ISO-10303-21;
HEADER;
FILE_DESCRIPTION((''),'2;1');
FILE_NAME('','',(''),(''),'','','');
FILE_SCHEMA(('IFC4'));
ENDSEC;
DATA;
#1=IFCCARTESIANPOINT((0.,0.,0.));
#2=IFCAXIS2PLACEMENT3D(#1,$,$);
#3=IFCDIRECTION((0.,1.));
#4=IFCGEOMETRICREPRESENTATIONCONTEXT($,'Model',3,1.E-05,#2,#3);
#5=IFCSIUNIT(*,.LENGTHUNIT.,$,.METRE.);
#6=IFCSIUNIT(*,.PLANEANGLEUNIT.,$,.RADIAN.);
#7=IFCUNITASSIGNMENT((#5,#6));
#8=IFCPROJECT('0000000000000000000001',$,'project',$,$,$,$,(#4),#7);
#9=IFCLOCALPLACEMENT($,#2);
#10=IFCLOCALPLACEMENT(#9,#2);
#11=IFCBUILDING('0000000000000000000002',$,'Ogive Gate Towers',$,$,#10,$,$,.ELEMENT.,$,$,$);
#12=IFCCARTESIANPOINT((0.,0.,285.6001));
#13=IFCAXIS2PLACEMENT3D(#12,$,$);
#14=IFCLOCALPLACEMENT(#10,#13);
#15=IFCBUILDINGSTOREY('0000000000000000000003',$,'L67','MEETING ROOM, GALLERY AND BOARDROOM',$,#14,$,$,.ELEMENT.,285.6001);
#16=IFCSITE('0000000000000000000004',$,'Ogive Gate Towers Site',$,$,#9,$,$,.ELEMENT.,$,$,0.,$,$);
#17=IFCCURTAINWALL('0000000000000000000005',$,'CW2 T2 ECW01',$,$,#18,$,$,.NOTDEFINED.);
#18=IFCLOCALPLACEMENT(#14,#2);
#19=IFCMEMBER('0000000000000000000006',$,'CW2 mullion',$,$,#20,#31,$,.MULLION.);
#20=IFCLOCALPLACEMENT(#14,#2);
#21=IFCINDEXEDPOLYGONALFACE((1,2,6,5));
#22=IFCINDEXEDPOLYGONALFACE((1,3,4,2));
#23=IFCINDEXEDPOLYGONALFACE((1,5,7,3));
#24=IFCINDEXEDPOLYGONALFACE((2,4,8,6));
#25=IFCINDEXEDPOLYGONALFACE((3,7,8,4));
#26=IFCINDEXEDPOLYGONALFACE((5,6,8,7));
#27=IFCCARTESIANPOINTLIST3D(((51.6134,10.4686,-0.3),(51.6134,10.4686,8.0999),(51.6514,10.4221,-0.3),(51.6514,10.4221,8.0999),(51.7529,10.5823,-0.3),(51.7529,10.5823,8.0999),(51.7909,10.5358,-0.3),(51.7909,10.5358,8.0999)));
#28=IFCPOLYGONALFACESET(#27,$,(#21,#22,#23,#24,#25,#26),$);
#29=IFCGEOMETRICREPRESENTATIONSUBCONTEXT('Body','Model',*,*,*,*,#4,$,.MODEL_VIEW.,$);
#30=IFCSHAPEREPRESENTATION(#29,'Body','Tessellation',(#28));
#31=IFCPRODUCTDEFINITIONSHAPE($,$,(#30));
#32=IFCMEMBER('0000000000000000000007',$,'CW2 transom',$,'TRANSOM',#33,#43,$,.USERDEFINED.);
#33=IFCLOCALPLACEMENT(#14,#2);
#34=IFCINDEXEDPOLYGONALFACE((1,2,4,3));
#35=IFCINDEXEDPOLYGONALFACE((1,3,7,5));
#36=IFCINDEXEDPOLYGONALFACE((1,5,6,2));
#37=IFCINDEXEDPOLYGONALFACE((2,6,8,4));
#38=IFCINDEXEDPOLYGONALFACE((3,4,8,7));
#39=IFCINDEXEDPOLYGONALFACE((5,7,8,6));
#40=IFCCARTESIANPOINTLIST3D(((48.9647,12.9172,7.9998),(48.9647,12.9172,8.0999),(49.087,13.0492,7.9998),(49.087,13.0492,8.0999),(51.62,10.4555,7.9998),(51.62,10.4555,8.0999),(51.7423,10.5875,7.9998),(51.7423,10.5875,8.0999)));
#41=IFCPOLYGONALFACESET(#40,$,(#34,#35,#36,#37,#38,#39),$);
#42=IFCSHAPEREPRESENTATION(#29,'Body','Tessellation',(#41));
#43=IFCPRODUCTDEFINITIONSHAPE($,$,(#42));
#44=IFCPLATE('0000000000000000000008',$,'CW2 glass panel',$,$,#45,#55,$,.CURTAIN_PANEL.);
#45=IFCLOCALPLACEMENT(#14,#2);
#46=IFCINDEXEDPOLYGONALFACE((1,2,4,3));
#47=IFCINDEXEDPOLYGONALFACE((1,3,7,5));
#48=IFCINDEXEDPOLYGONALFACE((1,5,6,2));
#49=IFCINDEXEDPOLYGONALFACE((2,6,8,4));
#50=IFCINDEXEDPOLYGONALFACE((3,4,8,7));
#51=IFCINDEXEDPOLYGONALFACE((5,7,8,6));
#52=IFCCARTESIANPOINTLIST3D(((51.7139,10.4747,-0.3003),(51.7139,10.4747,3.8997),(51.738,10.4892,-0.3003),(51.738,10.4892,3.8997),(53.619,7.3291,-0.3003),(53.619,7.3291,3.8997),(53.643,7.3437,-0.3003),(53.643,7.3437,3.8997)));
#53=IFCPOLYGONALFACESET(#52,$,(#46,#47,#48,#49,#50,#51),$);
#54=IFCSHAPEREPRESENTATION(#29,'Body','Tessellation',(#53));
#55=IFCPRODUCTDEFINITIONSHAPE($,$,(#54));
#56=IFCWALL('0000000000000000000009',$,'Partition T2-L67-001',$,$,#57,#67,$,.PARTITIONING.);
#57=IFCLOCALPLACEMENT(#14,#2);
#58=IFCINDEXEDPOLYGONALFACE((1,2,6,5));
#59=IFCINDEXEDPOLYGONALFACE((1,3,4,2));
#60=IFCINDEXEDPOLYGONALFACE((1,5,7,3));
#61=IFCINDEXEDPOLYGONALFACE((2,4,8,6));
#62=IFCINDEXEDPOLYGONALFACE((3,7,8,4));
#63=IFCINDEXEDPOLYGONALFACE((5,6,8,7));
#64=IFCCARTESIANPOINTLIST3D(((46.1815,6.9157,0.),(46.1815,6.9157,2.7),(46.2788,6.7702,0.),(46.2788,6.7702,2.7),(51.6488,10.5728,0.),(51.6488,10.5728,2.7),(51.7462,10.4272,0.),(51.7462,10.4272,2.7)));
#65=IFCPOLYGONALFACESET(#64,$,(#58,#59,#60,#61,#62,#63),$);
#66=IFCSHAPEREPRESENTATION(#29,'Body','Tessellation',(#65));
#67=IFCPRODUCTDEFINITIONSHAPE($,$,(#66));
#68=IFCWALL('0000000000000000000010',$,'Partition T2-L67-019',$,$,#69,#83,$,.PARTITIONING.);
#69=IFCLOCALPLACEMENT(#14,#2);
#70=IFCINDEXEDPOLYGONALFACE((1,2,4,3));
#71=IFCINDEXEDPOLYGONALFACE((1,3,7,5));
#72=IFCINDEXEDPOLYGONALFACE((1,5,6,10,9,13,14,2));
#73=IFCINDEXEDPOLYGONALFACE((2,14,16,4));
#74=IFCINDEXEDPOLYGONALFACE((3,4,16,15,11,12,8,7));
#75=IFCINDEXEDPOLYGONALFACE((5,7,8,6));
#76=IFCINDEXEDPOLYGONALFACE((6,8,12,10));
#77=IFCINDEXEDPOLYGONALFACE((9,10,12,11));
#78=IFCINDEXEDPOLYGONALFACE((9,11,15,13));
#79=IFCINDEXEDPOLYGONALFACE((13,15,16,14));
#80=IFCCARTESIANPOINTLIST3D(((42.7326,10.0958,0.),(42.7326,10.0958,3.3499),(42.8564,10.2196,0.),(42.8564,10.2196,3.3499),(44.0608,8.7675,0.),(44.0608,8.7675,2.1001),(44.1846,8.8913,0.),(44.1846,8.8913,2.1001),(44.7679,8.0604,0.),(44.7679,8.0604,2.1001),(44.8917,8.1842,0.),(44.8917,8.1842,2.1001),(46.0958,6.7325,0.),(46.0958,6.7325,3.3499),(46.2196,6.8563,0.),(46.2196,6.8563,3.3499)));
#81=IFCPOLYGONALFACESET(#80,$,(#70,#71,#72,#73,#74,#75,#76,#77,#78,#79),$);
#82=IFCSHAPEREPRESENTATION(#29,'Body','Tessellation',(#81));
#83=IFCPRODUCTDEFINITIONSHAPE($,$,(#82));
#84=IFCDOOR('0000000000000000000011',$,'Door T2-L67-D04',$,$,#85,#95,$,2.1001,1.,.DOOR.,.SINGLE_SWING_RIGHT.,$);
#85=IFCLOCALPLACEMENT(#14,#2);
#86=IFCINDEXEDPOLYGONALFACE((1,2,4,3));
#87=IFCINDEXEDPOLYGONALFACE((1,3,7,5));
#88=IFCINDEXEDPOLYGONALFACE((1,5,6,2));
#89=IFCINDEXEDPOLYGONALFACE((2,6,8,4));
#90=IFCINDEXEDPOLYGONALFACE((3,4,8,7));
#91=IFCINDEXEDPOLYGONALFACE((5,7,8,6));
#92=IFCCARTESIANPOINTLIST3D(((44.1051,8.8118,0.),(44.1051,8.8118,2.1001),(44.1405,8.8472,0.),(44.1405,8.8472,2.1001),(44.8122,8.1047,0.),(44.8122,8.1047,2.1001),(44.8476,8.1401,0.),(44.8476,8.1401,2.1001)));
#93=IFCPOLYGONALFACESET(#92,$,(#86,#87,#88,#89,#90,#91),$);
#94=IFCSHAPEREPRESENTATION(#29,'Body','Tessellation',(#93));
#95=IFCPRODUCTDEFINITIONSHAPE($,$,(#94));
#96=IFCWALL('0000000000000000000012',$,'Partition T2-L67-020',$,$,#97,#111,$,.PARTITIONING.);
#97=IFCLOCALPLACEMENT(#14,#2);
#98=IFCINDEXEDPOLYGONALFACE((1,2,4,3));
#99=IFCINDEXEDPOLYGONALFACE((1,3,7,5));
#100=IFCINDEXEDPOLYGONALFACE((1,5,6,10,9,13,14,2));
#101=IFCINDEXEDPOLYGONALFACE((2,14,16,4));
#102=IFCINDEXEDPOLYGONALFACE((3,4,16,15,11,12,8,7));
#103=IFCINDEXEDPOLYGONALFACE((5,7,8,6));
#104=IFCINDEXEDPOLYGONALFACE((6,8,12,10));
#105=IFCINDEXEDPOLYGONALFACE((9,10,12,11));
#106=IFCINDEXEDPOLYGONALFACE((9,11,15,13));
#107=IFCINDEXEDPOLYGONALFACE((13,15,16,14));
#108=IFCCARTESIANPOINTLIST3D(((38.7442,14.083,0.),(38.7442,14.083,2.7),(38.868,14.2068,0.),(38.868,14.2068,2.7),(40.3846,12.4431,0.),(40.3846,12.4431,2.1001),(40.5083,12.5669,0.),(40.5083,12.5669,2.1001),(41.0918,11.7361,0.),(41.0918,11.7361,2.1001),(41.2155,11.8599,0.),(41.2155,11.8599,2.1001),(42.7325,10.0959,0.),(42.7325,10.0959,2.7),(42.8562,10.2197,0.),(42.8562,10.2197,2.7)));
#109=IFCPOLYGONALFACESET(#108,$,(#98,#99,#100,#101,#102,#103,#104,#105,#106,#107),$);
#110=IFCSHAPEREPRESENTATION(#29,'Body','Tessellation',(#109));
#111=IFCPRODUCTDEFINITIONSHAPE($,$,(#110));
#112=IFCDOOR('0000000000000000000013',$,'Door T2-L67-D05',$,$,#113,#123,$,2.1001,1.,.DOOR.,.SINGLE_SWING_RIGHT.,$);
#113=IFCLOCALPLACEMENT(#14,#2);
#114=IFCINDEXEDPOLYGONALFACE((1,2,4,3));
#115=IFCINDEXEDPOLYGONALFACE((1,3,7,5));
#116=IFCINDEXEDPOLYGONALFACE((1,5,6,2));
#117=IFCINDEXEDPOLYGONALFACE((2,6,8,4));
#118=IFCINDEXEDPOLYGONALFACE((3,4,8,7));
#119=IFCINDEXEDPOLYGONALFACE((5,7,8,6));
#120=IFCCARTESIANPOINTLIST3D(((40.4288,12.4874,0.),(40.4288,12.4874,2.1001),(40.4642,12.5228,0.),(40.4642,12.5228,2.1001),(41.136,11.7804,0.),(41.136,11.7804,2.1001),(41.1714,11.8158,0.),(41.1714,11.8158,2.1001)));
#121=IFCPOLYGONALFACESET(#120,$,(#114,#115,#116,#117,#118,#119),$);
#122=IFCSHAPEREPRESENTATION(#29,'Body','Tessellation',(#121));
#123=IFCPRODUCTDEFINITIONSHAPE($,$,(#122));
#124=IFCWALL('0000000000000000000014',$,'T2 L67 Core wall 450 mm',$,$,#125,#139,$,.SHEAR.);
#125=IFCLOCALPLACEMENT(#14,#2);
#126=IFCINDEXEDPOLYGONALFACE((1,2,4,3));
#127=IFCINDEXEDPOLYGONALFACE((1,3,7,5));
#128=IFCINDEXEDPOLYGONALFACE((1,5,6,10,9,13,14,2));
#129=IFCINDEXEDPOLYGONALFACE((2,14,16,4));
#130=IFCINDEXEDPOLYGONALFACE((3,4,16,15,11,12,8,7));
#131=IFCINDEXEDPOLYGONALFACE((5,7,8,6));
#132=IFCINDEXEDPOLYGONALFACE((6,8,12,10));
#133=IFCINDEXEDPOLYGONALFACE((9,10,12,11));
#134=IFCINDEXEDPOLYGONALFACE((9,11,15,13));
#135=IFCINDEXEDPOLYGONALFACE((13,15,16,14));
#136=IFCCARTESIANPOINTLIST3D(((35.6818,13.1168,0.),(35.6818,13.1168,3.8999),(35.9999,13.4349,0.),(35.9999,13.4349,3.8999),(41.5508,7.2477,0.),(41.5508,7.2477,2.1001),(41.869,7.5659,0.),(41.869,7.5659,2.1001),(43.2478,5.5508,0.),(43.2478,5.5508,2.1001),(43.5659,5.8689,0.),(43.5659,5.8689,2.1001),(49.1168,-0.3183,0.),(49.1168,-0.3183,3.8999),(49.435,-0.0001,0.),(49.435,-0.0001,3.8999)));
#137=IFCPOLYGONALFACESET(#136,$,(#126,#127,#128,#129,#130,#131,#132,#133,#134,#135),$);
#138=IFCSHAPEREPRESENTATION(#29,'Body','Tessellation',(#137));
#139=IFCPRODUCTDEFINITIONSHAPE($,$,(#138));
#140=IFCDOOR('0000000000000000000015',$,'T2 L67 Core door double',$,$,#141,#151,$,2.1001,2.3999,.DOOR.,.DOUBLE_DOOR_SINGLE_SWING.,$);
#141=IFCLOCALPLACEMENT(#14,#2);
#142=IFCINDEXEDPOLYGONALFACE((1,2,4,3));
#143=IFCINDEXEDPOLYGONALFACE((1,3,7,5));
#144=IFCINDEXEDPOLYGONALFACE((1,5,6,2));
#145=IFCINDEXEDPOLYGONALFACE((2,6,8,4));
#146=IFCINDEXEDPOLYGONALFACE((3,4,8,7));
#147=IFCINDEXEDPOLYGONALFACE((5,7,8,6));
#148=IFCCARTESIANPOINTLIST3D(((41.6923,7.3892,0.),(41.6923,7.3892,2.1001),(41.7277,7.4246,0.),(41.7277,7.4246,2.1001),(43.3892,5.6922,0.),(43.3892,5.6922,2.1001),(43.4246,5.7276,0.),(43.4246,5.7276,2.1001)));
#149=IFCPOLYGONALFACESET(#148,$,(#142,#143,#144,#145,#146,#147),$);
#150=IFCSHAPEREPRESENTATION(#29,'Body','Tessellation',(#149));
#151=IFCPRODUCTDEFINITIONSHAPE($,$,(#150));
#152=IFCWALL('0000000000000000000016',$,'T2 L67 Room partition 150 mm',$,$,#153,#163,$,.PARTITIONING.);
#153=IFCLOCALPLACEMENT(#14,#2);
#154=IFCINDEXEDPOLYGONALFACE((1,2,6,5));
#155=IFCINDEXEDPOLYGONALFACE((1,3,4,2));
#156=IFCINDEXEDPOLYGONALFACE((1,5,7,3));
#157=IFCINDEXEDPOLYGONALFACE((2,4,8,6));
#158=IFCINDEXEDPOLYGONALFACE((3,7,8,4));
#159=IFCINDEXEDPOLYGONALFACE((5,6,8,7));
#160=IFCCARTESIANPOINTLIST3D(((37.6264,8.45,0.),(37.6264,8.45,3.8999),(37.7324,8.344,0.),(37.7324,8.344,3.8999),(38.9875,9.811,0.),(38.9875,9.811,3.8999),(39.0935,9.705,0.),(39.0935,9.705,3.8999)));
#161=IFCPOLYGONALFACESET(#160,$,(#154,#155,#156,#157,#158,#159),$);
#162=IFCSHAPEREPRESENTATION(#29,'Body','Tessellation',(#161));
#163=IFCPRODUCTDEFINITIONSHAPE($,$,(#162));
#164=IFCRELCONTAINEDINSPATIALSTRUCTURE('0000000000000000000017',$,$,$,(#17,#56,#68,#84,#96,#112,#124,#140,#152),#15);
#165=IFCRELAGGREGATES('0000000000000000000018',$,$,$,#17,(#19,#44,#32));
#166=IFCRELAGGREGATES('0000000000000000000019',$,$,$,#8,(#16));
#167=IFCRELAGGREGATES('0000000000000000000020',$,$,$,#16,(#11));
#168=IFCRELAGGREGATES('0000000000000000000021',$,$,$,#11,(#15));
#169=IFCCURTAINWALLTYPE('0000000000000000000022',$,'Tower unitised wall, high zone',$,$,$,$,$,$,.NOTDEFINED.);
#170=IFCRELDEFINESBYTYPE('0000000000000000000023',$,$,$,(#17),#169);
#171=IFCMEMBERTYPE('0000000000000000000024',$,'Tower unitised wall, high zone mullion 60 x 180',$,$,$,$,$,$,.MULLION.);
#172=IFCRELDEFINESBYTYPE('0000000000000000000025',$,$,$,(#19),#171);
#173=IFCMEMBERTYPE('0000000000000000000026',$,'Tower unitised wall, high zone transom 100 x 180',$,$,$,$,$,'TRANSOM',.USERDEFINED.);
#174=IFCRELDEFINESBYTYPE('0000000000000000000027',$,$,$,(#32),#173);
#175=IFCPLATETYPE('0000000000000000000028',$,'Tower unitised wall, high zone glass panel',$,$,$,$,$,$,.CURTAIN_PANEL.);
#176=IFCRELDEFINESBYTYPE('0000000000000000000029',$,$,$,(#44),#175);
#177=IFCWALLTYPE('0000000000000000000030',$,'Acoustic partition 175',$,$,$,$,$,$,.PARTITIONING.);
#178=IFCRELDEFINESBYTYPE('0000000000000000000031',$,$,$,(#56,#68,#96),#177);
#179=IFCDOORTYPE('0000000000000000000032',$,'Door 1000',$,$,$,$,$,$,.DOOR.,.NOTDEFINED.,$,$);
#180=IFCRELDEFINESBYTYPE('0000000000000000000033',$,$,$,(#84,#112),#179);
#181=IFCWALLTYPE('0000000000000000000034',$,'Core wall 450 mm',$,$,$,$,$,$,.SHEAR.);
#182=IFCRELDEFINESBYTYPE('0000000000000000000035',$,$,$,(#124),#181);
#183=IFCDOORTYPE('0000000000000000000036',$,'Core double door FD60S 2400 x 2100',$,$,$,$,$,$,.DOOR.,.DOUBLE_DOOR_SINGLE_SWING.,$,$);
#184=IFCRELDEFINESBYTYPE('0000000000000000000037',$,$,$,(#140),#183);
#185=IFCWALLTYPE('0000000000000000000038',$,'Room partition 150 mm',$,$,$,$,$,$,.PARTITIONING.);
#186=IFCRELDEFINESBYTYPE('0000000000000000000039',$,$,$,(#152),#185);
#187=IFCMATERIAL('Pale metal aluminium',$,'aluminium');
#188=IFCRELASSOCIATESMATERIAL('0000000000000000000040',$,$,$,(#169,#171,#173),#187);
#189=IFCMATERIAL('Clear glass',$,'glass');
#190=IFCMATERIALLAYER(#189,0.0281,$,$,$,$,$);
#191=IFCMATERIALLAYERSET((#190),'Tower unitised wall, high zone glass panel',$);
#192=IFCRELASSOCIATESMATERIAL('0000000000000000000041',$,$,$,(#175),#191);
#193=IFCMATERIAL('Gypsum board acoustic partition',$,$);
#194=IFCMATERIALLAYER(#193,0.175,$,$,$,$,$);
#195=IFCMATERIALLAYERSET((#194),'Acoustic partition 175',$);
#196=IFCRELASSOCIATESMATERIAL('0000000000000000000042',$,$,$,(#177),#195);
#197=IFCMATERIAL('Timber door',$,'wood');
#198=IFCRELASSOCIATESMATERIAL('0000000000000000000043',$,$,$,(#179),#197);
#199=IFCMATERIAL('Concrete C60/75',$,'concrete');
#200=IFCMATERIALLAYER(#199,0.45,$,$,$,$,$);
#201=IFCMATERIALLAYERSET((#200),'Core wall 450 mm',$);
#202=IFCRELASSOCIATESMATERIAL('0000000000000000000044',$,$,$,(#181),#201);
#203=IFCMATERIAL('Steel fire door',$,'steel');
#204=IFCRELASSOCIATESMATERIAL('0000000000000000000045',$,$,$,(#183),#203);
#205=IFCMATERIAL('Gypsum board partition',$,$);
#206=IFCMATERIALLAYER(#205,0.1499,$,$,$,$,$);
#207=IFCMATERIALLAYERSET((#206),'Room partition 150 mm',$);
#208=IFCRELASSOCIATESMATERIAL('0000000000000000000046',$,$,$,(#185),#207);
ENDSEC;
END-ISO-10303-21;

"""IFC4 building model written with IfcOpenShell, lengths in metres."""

from ifc_helpers import new_model, si_unit, direction, frame, frame_2d, origin, origin_2d, place, context, subcontext, project, spatial, rectangle, extrude, material, layer, layer_set, material_profile, profile_set, type_object, element, fill, aggregate, save


model = new_model("IFC4")

# Units and contexts
model_context = context("Model", 3, precision=1e-05, world=origin(), true_north=direction((0.0, 1.0)))
body_context = subcontext(model_context, "Body", "Model", "MODEL_VIEW")
ifc_project = project(units=[si_unit("LENGTHUNIT", "METRE"), si_unit("PLANEANGLEUNIT", "RADIAN")], contexts=[model_context])

# Site, building, storey
site_placement = place(None, origin())
site = spatial("IfcSite", under=ifc_project, at=site_placement, Name="Ogive Gate Towers Site", CompositionType="ELEMENT", RefElevation=0.0)
building_placement = place(site_placement, origin())
building = spatial("IfcBuilding", under=site, at=building_placement, Name="Ogive Gate Towers", CompositionType="ELEMENT")
storey_placement = place(building_placement, frame((0.0, 0.0, 285.6001)))
storey = spatial("IfcBuildingStorey", under=building, at=storey_placement, Name="L67", Description="MEETING ROOM, GALLERY AND BOARDROOM", CompositionType="ELEMENT", Elevation=285.6001)

# Curtain wall, members, plate
ifc_material_1 = material(Name="Pale metal aluminium", Category="aluminium")
curtain_wall_type = type_object("IfcCurtainWallType", Name="Tower unitised wall, high zone", PredefinedType="NOTDEFINED", material=ifc_material_1)
curtain_wall_placement = place(storey_placement, origin())
curtain_wall = element("IfcCurtainWall", 1, at=curtain_wall_placement, inside=storey, type_object=curtain_wall_type, Name="CW2 T2 ECW01", PredefinedType="NOTDEFINED")
ifc_material_profile_1 = material_profile(ifc_material_1, rectangle(XDim=0.1799, YDim=0.0601, at=origin_2d()), Name="60 x 180 aluminium box")
ifc_profile_set_1 = profile_set([ifc_material_profile_1], Name="Pale metal aluminium")
member_type_1 = type_object("IfcMemberType", Name="Tower unitised wall, high zone mullion 60 x 180", PredefinedType="MULLION", material=ifc_profile_set_1)
member_1_placement = place(storey_placement, frame((51.7021, 10.5022, -0.3), z_axis=(0.0, 0.0, 1.0), x_axis=(0.775121, 0.631813, 0.0)))
member_1 = element("IfcMember", 2, at=member_1_placement, type_object=member_type_1, Name="CW2 mullion", PredefinedType="MULLION", context=body_context, shape_type="SweptSolid", body=[
    extrude(rectangle(XDim=0.1799, YDim=0.0601, at=origin_2d()), origin(), (0.0, 0.0, 1.0), 8.3999),
])
ifc_material_profile_2 = material_profile(ifc_material_1, rectangle(XDim=0.1799, YDim=0.1001, at=origin_2d()), Name="100 x 180 aluminium box")
ifc_profile_set_2 = profile_set([ifc_material_profile_2], Name="Pale metal aluminium")
member_type_2 = type_object("IfcMemberType", Name="Tower unitised wall, high zone transom 100 x 180", ElementType="TRANSOM", PredefinedType="USERDEFINED", material=ifc_profile_set_2)
member_2_placement = place(storey_placement, frame((51.6812, 10.5215, 8.0498), z_axis=(-0.733336, 0.679866, 0.0), x_axis=(-0.679866, -0.733336, 0.0)))
member_2 = element("IfcMember", 3, at=member_2_placement, type_object=member_type_2, Name="CW2 transom", ObjectType="TRANSOM", PredefinedType="USERDEFINED", context=body_context, shape_type="SweptSolid", body=[
    extrude(rectangle(XDim=0.1799, YDim=0.1001, at=origin_2d()), origin(), (0.0, 0.0, 1.0), 3.6208),
])
ifc_material_2 = material(Name="Clear glass", Category="glass")
ifc_layer_1 = layer(ifc_material_2, 0.0281)
ifc_layer_set_1 = layer_set([ifc_layer_1], Name="Tower unitised wall, high zone glass panel")
plate_type = type_object("IfcPlateType", Name="Tower unitised wall, high zone glass panel", PredefinedType="CURTAIN_PANEL", material=ifc_layer_set_1)
plate_placement = place(storey_placement, frame((52.6785, 8.9092, -0.3003), z_axis=(0.0, 0.0, 1.0), x_axis=(-0.518027, 0.855364, 0.0)))
plate = element("IfcPlate", 4, at=plate_placement, type_object=plate_type, Name="CW2 glass panel", PredefinedType="CURTAIN_PANEL", context=body_context, shape_type="SweptSolid", body=[
    extrude(rectangle(XDim=3.6775, YDim=0.0281, at=origin_2d()), origin(), (0.0, 0.0, 1.0), 4.2),
])
aggregate(curtain_wall, [member_1, plate, member_2])

# Wall
ifc_material_3 = material(Name="Gypsum board acoustic partition")
ifc_layer_2 = layer(ifc_material_3, 0.175)
ifc_layer_set_2 = layer_set([ifc_layer_2], Name="Acoustic partition 175")
wall_type_1 = type_object("IfcWallType", Name="Acoustic partition 175", PredefinedType="PARTITIONING", material=ifc_layer_set_2)
wall_1_placement = place(storey_placement, frame((51.6975, 10.5, 0.0), z_axis=(0.0, 0.0, 1.0), x_axis=(-0.831198, -0.555976, 0.0)))
element("IfcWall", 5, at=wall_1_placement, inside=storey, type_object=wall_type_1, Name="Partition T2-L67-001", PredefinedType="PARTITIONING", context=body_context, shape_type="SweptSolid", body=[
    extrude(rectangle(XDim=6.5776, YDim=0.175, at=frame_2d((3.2888, 0.0))), origin(), (0.0, 0.0, 1.0), 2.7),
])

# Walls, openings, doors
wall_2_placement = place(storey_placement, frame((46.1577, 6.7944, 0.0), z_axis=(0.0, 0.0, 1.0), x_axis=(-0.707107, 0.707107, 0.0)))
wall_2 = element("IfcWall", 6, at=wall_2_placement, inside=storey, type_object=wall_type_1, Name="Partition T2-L67-019", PredefinedType="PARTITIONING", context=body_context, shape_type="SweptSolid", body=[
    extrude(rectangle(XDim=4.7563, YDim=0.175, at=frame_2d((2.3782, 0.0))), origin(), (0.0, 0.0, 1.0), 3.3499),
])
opening_1_placement = place(wall_2_placement, frame((1.8779, 0.0, 0.0)))
opening_1 = element("IfcOpeningElement", 7, at=opening_1_placement, cuts=wall_2, PredefinedType="OPENING", context=body_context, shape_type="SweptSolid", body=[
    extrude(rectangle(XDim=1.0, YDim=2.1001, at=frame_2d((0.5, 1.05))), frame((0.0, 0.0977, 0.0), z_axis=(0.0, -1.0, 0.0), x_axis=(1.0, 0.0, 0.0)), (0.0, 0.0, 1.0), 0.1951),
])
ifc_material_4 = material(Name="Timber door", Category="wood")
door_type_1 = type_object("IfcDoorType", Name="Door 1000", OperationType="NOTDEFINED", PredefinedType="DOOR", material=ifc_material_4)
door_1_placement = place(opening_1_placement, origin())
door_1 = element("IfcDoor", 8, at=door_1_placement, inside=storey, type_object=door_type_1, Name="Door T2-L67-D04", OperationType="SINGLE_SWING_RIGHT", OverallHeight=2.1001, OverallWidth=1.0, PredefinedType="DOOR", context=body_context, shape_type="SweptSolid", body=[
    extrude(rectangle(XDim=1.0, YDim=2.1001, at=frame_2d((0.5, 1.05))), frame((0.0, 0.0249, 0.0), z_axis=(0.0, -1.0, 0.0), x_axis=(1.0, 0.0, 0.0)), (0.0, 0.0, 1.0), 0.05),
])
fill(opening_1, door_1)
wall_3_placement = place(storey_placement, frame((42.7944, 10.1577, 0.0), z_axis=(0.0, 0.0, 1.0), x_axis=(-0.707215, 0.706999, 0.0)))
wall_3 = element("IfcWall", 9, at=wall_3_placement, inside=storey, type_object=wall_type_1, Name="Partition T2-L67-020", PredefinedType="PARTITIONING", context=body_context, shape_type="SweptSolid", body=[
    extrude(rectangle(XDim=5.6394, YDim=0.175, at=frame_2d((2.8198, 0.0))), origin(), (0.0, 0.0, 1.0), 2.7),
])
opening_2_placement = place(wall_3_placement, frame((2.3201, 0.0, 0.0)))
opening_2 = element("IfcOpeningElement", 10, at=opening_2_placement, cuts=wall_3, PredefinedType="OPENING", context=body_context, shape_type="SweptSolid", body=[
    extrude(rectangle(XDim=1.0, YDim=2.1001, at=frame_2d((0.5, 1.05))), frame((0.0, 0.0977, 0.0), z_axis=(0.0, -1.0, 0.0), x_axis=(1.0, 0.0, 0.0)), (0.0, 0.0, 1.0), 0.1951),
])
door_2_placement = place(opening_2_placement, origin())
door_2 = element("IfcDoor", 11, at=door_2_placement, inside=storey, type_object=door_type_1, Name="Door T2-L67-D05", OperationType="SINGLE_SWING_RIGHT", OverallHeight=2.1001, OverallWidth=1.0, PredefinedType="DOOR", context=body_context, shape_type="SweptSolid", body=[
    extrude(rectangle(XDim=1.0, YDim=2.1001, at=frame_2d((0.5, 1.05))), frame((0.0, 0.0249, 0.0), z_axis=(0.0, -1.0, 0.0), x_axis=(1.0, 0.0, 0.0)), (0.0, 0.0, 1.0), 0.05),
])
fill(opening_2, door_2)
ifc_material_5 = material(Name="Concrete C60/75", Category="concrete")
ifc_layer_3 = layer(ifc_material_5, 0.45)
ifc_layer_set_3 = layer_set([ifc_layer_3], Name="Core wall 450 mm")
wall_type_2 = type_object("IfcWallType", Name="Core wall 450 mm", PredefinedType="SHEAR", material=ifc_layer_set_3)
wall_4_placement = place(storey_placement, frame((49.2759, -0.1592, 0.0), z_axis=(0.0, 0.0, 1.0), x_axis=(-0.707107, 0.707107, 0.0)))
wall_4 = element("IfcWall", 12, at=wall_4_placement, inside=storey, type_object=wall_type_2, Name="T2 L67 Core wall 450 mm", PredefinedType="SHEAR", context=body_context, shape_type="SweptSolid", body=[
    extrude(rectangle(XDim=19.0, YDim=0.45, at=frame_2d((9.5, 0.0))), origin(), (0.0, 0.0, 1.0), 3.8999),
])
opening_3_placement = place(wall_4_placement, frame((8.3, 0.0, 0.0)))
opening_3 = element("IfcOpeningElement", 13, at=opening_3_placement, cuts=wall_4, PredefinedType="OPENING", context=body_context, shape_type="SweptSolid", body=[
    extrude(rectangle(XDim=2.3999, YDim=2.1001, at=frame_2d((1.2, 1.05))), frame((0.0, 0.2349, 0.0), z_axis=(0.0, -1.0, 0.0), x_axis=(1.0, 0.0, 0.0)), (0.0, 0.0, 1.0), 0.47),
])
ifc_material_6 = material(Name="Steel fire door", Category="steel")
door_type_2 = type_object("IfcDoorType", Name="Core double door FD60S 2400 x 2100", OperationType="DOUBLE_DOOR_SINGLE_SWING", PredefinedType="DOOR", material=ifc_material_6)
door_3_placement = place(opening_3_placement, origin())
door_3 = element("IfcDoor", 14, at=door_3_placement, inside=storey, type_object=door_type_2, Name="T2 L67 Core door double", OperationType="DOUBLE_DOOR_SINGLE_SWING", OverallHeight=2.1001, OverallWidth=2.3999, PredefinedType="DOOR", context=body_context, shape_type="SweptSolid", body=[
    extrude(rectangle(XDim=2.3999, YDim=2.1001, at=frame_2d((1.2, 1.05))), frame((0.0, 0.0249, 0.0), z_axis=(0.0, -1.0, 0.0), x_axis=(1.0, 0.0, 0.0)), (0.0, 0.0, 1.0), 0.05),
])
fill(opening_3, door_3)

# Wall
ifc_material_7 = material(Name="Gypsum board partition")
ifc_layer_4 = layer(ifc_material_7, 0.1499)
ifc_layer_set_4 = layer_set([ifc_layer_4], Name="Room partition 150 mm")
wall_type_3 = type_object("IfcWallType", Name="Room partition 150 mm", PredefinedType="PARTITIONING", material=ifc_layer_set_4)
wall_5_placement = place(storey_placement, frame((37.6794, 8.397, 0.0), z_axis=(0.0, 0.0, 1.0), x_axis=(0.707107, 0.707107, 0.0)))
element("IfcWall", 15, at=wall_5_placement, inside=storey, type_object=wall_type_3, Name="T2 L67 Room partition 150 mm", PredefinedType="PARTITIONING", context=body_context, shape_type="SweptSolid", body=[
    extrude(rectangle(XDim=1.9248, YDim=0.1499, at=frame_2d((0.9624, 0.0))), origin(), (0.0, 0.0, 1.0), 3.8999),
])

save(model, "model.ifc")
